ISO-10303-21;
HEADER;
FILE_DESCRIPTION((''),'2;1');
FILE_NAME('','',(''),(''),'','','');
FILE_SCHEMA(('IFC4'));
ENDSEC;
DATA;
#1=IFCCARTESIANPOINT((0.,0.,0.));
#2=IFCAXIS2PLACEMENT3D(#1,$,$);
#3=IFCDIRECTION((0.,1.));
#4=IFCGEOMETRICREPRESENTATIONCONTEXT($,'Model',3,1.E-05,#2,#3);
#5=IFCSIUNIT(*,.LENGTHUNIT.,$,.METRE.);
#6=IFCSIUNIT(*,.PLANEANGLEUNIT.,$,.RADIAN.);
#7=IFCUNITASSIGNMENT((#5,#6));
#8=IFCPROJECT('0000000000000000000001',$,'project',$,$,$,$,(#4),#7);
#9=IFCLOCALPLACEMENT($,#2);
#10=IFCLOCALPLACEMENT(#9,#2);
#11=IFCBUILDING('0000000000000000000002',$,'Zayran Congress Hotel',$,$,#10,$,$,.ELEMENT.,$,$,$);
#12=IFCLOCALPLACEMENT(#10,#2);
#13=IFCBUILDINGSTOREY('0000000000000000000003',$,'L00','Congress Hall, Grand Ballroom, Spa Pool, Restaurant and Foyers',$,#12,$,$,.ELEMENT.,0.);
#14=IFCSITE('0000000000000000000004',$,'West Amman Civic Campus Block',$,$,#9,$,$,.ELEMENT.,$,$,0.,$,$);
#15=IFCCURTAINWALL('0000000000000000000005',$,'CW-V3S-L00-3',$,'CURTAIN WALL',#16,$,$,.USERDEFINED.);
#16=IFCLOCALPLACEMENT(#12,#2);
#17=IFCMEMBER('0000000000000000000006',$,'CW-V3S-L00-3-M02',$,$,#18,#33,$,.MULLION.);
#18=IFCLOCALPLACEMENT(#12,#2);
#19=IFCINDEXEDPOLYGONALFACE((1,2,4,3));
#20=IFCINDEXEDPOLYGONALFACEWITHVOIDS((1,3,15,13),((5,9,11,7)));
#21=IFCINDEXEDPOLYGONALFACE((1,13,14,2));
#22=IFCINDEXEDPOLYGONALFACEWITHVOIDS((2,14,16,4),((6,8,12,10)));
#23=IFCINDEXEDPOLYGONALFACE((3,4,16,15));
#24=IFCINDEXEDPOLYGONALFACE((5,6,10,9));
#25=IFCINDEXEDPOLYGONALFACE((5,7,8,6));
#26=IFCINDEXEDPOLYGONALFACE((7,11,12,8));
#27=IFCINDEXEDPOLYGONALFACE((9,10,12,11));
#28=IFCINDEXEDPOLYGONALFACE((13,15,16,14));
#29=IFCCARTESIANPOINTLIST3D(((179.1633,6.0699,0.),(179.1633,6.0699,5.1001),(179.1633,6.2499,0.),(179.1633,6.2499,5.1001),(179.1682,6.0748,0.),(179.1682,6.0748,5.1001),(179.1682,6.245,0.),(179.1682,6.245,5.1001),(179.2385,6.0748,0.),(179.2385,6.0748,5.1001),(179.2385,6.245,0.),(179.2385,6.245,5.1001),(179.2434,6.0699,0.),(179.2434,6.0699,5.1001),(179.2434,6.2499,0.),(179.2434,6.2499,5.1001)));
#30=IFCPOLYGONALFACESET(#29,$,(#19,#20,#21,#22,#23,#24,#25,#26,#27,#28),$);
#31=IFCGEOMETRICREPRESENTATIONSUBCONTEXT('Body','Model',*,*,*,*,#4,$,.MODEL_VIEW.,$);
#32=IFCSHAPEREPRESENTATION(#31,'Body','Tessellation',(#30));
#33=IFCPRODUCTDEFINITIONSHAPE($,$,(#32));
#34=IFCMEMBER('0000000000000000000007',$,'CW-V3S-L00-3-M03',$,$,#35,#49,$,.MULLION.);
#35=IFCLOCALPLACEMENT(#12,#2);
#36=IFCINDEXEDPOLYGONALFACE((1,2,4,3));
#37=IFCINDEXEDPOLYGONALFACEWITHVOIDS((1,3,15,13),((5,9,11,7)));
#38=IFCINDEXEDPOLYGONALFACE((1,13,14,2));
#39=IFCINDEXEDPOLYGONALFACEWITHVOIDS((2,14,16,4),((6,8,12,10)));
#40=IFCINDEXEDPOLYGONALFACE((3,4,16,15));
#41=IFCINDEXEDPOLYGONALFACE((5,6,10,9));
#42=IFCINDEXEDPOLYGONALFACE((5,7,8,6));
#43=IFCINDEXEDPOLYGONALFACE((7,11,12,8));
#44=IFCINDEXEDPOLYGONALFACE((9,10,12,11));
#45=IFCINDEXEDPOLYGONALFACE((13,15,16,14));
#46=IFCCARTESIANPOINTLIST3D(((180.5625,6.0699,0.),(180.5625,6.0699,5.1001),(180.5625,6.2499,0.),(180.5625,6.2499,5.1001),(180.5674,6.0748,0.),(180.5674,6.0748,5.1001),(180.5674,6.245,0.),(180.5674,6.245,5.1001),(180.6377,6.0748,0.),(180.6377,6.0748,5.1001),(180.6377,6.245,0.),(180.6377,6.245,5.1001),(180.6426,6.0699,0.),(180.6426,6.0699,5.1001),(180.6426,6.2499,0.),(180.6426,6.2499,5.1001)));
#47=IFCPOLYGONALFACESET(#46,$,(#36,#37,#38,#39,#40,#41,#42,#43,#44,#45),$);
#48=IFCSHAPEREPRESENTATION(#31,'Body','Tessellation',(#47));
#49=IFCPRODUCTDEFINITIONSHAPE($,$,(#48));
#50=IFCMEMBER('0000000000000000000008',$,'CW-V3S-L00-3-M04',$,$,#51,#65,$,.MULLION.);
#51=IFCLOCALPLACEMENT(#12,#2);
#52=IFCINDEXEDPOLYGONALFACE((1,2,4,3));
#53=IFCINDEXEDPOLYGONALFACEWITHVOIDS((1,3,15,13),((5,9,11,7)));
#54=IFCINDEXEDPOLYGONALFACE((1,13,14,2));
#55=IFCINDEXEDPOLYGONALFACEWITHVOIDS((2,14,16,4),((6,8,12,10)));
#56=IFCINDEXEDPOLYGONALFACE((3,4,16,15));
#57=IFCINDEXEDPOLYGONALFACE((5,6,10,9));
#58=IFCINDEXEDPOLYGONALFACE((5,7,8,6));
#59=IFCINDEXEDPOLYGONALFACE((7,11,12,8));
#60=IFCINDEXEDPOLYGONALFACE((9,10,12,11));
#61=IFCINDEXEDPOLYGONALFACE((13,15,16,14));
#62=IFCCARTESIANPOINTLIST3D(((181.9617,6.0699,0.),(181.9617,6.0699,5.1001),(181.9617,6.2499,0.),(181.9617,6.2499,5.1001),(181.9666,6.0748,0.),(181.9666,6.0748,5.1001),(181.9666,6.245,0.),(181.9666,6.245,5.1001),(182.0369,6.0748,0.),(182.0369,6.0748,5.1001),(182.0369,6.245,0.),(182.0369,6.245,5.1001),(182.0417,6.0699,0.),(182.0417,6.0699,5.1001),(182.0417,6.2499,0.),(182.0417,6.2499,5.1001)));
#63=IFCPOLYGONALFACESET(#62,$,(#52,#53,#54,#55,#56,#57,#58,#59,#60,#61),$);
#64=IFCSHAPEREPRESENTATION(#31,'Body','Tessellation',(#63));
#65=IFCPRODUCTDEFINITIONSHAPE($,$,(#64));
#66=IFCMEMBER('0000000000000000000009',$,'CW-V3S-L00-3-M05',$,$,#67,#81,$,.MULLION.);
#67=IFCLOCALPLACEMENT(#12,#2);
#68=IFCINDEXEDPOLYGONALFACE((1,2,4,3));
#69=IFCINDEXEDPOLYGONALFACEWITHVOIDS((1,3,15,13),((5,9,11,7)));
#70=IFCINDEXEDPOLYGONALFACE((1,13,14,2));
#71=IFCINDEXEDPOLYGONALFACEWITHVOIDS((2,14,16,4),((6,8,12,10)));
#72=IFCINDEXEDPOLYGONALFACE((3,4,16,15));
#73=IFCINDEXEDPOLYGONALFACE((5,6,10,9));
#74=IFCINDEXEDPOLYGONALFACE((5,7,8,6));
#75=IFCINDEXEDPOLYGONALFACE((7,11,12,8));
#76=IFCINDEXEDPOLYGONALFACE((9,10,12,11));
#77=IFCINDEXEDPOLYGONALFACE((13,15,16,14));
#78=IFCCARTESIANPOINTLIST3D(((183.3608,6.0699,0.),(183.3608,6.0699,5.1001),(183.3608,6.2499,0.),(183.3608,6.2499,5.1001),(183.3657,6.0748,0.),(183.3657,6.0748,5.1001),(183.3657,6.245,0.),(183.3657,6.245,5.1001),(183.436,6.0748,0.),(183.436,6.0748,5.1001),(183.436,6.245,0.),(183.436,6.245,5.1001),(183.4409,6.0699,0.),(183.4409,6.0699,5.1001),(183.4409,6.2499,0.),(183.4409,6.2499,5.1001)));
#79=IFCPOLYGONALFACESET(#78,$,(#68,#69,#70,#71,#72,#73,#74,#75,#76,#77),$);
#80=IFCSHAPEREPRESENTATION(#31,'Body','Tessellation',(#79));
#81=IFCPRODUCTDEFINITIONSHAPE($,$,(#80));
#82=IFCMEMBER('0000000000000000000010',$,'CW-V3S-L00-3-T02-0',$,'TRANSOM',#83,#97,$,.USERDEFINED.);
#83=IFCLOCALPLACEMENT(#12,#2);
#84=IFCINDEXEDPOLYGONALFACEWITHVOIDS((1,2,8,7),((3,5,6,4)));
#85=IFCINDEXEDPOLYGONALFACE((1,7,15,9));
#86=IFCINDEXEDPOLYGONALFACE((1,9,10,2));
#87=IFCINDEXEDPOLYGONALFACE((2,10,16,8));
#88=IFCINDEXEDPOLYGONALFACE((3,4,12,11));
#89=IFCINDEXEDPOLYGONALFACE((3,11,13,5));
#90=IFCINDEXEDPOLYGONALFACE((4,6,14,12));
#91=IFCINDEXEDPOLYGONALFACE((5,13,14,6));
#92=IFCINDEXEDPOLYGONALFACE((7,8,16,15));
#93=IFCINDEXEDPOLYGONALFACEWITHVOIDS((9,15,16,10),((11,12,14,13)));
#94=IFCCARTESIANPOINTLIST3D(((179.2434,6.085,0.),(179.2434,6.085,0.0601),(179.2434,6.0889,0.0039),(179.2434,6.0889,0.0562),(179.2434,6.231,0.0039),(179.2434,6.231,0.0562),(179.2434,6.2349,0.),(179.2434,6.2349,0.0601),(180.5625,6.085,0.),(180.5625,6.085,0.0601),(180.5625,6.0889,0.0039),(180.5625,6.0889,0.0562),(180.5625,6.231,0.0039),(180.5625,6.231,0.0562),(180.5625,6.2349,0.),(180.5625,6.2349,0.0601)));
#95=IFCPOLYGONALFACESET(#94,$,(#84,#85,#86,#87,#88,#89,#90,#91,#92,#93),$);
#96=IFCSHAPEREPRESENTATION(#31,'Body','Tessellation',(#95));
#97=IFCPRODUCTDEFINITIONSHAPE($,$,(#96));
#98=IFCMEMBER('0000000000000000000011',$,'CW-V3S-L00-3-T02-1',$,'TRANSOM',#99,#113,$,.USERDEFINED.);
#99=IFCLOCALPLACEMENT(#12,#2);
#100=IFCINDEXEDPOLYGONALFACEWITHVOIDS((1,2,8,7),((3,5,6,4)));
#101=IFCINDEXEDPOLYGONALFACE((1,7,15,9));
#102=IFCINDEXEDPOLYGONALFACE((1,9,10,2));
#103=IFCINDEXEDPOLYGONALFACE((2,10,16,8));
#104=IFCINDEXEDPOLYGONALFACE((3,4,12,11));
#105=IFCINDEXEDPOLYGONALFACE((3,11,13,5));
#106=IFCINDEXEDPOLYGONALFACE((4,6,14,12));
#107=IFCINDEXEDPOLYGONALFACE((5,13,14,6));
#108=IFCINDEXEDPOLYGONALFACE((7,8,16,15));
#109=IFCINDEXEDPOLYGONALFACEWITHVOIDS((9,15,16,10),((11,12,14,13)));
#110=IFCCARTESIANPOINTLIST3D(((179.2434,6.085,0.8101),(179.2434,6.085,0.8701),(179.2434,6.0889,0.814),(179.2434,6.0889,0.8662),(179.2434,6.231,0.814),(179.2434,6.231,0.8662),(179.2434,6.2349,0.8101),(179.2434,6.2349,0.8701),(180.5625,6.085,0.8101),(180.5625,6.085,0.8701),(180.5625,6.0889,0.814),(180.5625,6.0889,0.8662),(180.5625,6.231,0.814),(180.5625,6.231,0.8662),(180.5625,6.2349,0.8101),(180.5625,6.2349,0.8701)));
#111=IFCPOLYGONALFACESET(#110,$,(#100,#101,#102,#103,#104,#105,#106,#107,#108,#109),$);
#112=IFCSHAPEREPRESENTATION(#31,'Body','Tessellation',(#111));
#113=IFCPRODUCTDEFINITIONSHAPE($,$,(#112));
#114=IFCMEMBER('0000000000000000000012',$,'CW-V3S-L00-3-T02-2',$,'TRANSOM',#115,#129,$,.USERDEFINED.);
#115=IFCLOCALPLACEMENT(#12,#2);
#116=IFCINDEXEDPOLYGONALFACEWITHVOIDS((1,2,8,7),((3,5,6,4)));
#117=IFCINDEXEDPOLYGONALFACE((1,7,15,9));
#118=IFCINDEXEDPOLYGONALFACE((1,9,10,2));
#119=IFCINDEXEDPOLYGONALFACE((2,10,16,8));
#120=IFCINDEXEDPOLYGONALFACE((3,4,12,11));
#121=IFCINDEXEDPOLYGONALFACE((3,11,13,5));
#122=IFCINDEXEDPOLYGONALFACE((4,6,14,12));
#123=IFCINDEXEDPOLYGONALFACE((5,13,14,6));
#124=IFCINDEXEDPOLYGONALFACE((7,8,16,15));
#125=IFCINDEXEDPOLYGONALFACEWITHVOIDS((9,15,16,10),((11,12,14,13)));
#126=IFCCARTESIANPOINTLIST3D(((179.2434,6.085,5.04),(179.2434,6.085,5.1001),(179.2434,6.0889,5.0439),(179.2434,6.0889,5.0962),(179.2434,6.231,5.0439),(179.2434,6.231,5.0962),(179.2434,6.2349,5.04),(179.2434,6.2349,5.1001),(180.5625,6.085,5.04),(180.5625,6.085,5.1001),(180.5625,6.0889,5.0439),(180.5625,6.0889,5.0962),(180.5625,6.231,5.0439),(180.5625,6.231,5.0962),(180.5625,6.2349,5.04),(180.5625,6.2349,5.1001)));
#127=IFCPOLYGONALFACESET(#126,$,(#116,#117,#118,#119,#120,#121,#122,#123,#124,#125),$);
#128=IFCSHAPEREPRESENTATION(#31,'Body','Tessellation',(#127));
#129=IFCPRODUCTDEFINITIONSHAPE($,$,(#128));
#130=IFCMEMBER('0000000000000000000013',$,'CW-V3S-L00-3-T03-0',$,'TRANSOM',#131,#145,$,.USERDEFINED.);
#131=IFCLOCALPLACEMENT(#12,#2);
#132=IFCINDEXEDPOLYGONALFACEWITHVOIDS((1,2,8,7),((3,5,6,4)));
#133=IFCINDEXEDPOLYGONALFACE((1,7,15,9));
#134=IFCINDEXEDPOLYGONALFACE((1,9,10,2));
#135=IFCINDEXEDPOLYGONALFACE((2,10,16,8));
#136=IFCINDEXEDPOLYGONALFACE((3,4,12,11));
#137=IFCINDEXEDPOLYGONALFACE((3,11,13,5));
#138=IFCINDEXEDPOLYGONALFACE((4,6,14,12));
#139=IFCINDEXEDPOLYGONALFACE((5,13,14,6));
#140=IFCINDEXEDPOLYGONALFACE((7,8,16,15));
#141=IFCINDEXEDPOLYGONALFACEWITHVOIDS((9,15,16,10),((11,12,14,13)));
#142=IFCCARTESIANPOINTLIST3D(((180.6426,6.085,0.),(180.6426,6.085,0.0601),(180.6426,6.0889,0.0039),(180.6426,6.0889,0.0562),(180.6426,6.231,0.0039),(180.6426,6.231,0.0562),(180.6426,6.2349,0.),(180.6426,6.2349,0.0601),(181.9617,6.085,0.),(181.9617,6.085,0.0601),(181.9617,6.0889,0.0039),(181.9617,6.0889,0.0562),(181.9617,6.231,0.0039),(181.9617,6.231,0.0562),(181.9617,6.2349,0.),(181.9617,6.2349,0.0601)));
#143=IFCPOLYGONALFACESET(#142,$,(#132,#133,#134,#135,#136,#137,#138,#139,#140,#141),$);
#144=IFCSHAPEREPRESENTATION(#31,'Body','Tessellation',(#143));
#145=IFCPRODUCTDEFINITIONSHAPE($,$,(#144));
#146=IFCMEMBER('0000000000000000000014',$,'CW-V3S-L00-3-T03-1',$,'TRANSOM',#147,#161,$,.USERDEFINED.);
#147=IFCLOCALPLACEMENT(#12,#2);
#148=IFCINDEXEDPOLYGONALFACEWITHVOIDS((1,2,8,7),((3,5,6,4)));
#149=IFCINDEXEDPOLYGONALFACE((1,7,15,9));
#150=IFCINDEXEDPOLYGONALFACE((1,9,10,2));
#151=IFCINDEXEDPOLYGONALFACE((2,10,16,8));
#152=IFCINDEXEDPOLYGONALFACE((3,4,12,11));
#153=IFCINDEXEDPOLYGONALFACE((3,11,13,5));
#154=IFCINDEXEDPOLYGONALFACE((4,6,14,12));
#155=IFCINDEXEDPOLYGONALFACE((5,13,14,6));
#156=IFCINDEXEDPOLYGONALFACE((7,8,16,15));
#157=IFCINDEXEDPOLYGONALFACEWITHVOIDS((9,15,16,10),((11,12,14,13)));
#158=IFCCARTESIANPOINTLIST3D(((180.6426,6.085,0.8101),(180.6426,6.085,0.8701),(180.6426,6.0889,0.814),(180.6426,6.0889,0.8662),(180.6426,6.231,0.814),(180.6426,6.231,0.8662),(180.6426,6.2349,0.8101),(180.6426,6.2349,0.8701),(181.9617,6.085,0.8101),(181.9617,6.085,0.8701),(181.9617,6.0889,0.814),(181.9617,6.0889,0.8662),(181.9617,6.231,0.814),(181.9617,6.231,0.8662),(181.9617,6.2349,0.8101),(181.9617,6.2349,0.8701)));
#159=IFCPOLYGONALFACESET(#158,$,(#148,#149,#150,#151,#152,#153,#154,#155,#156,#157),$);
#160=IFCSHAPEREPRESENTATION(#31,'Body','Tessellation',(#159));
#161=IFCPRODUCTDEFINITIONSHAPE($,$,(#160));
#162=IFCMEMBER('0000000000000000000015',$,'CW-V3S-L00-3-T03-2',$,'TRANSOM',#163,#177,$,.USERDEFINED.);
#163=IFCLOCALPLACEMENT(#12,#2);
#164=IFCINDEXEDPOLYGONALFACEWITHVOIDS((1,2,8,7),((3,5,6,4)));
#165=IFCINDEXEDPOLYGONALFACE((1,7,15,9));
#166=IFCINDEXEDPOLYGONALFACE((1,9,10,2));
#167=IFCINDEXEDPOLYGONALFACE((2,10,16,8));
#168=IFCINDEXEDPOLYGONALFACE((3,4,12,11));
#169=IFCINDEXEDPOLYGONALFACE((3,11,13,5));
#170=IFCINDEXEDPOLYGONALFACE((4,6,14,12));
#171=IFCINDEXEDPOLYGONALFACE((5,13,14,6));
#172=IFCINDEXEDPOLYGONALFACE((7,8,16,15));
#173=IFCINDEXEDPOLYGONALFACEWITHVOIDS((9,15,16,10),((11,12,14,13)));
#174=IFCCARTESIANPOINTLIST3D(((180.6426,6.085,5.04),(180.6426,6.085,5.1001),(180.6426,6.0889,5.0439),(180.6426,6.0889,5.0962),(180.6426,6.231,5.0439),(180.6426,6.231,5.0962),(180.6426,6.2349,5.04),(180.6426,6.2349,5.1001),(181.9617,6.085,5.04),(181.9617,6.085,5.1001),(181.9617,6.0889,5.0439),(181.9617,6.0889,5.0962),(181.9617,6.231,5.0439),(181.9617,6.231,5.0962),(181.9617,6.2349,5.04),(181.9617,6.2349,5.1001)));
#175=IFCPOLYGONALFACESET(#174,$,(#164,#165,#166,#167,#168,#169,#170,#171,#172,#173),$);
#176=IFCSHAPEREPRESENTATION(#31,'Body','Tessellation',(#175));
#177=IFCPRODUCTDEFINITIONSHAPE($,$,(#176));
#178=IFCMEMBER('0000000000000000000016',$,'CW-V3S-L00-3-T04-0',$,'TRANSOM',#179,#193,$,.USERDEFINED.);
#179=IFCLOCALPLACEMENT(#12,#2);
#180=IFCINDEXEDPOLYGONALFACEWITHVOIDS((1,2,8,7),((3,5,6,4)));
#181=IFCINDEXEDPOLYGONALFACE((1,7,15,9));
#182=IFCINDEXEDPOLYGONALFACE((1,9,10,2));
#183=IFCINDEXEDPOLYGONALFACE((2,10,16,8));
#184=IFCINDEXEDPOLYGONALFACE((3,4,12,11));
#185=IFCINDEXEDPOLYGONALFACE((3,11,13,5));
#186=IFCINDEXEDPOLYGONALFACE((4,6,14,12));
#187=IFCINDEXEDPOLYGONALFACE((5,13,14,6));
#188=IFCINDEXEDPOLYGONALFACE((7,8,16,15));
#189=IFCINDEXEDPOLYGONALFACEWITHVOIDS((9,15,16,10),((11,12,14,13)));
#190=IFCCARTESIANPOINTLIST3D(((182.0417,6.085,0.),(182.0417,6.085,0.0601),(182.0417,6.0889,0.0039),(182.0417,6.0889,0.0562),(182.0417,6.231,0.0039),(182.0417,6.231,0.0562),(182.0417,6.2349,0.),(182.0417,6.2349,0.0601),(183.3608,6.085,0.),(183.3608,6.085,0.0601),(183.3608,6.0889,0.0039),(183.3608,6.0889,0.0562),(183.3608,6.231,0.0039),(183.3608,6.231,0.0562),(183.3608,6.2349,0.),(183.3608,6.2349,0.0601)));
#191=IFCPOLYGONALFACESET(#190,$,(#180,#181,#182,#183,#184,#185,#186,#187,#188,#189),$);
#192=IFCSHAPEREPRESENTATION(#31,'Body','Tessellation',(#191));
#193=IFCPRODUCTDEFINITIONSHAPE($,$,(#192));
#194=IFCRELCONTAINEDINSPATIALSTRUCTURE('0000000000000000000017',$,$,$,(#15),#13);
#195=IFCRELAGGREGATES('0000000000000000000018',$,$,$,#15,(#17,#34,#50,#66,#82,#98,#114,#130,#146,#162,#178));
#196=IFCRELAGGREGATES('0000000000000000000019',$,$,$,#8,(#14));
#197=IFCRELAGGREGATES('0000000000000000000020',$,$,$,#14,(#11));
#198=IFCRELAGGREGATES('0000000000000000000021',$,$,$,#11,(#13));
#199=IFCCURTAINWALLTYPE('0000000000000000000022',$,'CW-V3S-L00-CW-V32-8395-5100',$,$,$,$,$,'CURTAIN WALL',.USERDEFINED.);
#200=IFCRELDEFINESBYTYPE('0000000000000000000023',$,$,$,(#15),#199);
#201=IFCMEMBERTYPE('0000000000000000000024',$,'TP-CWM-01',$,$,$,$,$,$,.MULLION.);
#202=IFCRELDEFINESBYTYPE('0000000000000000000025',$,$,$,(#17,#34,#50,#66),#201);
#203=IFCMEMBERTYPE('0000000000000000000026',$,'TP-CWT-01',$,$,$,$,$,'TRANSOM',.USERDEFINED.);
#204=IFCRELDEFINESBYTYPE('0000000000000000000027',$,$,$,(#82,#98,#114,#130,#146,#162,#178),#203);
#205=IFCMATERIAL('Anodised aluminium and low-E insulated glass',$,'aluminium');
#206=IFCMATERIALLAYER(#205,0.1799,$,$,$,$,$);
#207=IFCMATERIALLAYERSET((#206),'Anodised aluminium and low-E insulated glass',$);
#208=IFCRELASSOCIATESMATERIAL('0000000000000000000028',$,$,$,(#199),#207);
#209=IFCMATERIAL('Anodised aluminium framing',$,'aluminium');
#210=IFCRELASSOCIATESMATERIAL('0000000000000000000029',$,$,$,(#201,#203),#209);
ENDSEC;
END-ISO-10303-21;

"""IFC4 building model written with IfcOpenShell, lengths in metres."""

from ifc_helpers import new_model, si_unit, direction, frame, origin, origin_2d, place, context, subcontext, project, spatial, hollow_rectangle, extrude, material, layer, layer_set, material_profile, profile_set, type_object, element, aggregate, save


model = new_model("IFC4")

# Units and contexts
model_context = context("Model", 3, precision=1e-05, world=origin(), true_north=direction((0.0, 1.0)))
body_context = subcontext(model_context, "Body", "Model", "MODEL_VIEW")
ifc_project = project(units=[si_unit("LENGTHUNIT", "METRE"), si_unit("PLANEANGLEUNIT", "RADIAN")], contexts=[model_context])

# Site, building, storey
site_placement = place(None, origin())
site = spatial("IfcSite", under=ifc_project, at=site_placement, Name="West Amman Civic Campus Block", CompositionType="ELEMENT", RefElevation=0.0)
building_placement = place(site_placement, origin())
building = spatial("IfcBuilding", under=site, at=building_placement, Name="Zayran Congress Hotel", CompositionType="ELEMENT")
storey_placement = place(building_placement, origin())
storey = spatial("IfcBuildingStorey", under=building, at=storey_placement, Name="L00", Description="Congress Hall, Grand Ballroom, Spa Pool, Restaurant and Foyers", CompositionType="ELEMENT", Elevation=0.0)

# Curtain wall, members
ifc_material_1 = material(Name="Anodised aluminium and low-E insulated glass", Category="aluminium")
ifc_layer_1 = layer(ifc_material_1, 0.1799)
ifc_layer_set_1 = layer_set([ifc_layer_1], Name="Anodised aluminium and low-E insulated glass")
curtain_wall_type = type_object("IfcCurtainWallType", Name="CW-V3S-L00-CW-V32-8395-5100", ElementType="CURTAIN WALL", PredefinedType="USERDEFINED", material=ifc_layer_set_1)
curtain_wall_placement = place(storey_placement, origin())
curtain_wall = element("IfcCurtainWall", 1, at=curtain_wall_placement, inside=storey, type_object=curtain_wall_type, Name="CW-V3S-L00-3", ObjectType="CURTAIN WALL", PredefinedType="USERDEFINED")
ifc_material_2 = material(Name="Anodised aluminium framing", Category="aluminium")
ifc_material_profile_1 = material_profile(ifc_material_2, hollow_rectangle(XDim=0.0801, YDim=0.1799, WallThickness=0.0049, at=origin_2d()), Name="RHS 180x80x5")
ifc_profile_set_1 = profile_set([ifc_material_profile_1], Name="Anodised aluminium framing")
member_type_1 = type_object("IfcMemberType", Name="TP-CWM-01", PredefinedType="MULLION", material=ifc_profile_set_1)
member_1_placement = place(storey_placement, frame((179.2034, 6.1599, 0.0), z_axis=(0.0, 0.0, 1.0), x_axis=(1.0, 0.0, 0.0)))
member_1 = element("IfcMember", 2, at=member_1_placement, type_object=member_type_1, Name="CW-V3S-L00-3-M02", PredefinedType="MULLION", context=body_context, shape_type="SweptSolid", body=[
    extrude(hollow_rectangle(XDim=0.0801, YDim=0.1799, WallThickness=0.0049, at=origin_2d()), origin(), (0.0, 0.0, 1.0), 5.1001),
])
member_2_placement = place(storey_placement, frame((180.6025, 6.1599, 0.0), z_axis=(0.0, 0.0, 1.0), x_axis=(1.0, 0.0, 0.0)))
member_2 = element("IfcMember", 3, at=member_2_placement, type_object=member_type_1, Name="CW-V3S-L00-3-M03", PredefinedType="MULLION", context=body_context, shape_type="SweptSolid", body=[
    extrude(hollow_rectangle(XDim=0.0801, YDim=0.1799, WallThickness=0.0049, at=origin_2d()), origin(), (0.0, 0.0, 1.0), 5.1001),
])
member_3_placement = place(storey_placement, frame((182.0017, 6.1599, 0.0), z_axis=(0.0, 0.0, 1.0), x_axis=(1.0, 0.0, 0.0)))
member_3 = element("IfcMember", 4, at=member_3_placement, type_object=member_type_1, Name="CW-V3S-L00-3-M04", PredefinedType="MULLION", context=body_context, shape_type="SweptSolid", body=[
    extrude(hollow_rectangle(XDim=0.0801, YDim=0.1799, WallThickness=0.0049, at=origin_2d()), origin(), (0.0, 0.0, 1.0), 5.1001),
])
member_4_placement = place(storey_placement, frame((183.4009, 6.1599, 0.0), z_axis=(0.0, 0.0, 1.0), x_axis=(1.0, 0.0, 0.0)))
member_4 = element("IfcMember", 5, at=member_4_placement, type_object=member_type_1, Name="CW-V3S-L00-3-M05", PredefinedType="MULLION", context=body_context, shape_type="SweptSolid", body=[
    extrude(hollow_rectangle(XDim=0.0801, YDim=0.1799, WallThickness=0.0049, at=origin_2d()), origin(), (0.0, 0.0, 1.0), 5.1001),
])
ifc_material_profile_2 = material_profile(ifc_material_2, hollow_rectangle(XDim=0.0601, YDim=0.1499, WallThickness=0.0039, at=origin_2d()), Name="RHS 150x60x4")
ifc_profile_set_2 = profile_set([ifc_material_profile_2], Name="Anodised aluminium framing")
member_type_2 = type_object("IfcMemberType", Name="TP-CWT-01", ElementType="TRANSOM", PredefinedType="USERDEFINED", material=ifc_profile_set_2)
member_5_placement = place(storey_placement, frame((179.2434, 6.1599, 0.03), z_axis=(1.0, 0.0, 0.0), x_axis=(0.0, 0.0, 1.0)))
member_5 = element("IfcMember", 6, at=member_5_placement, type_object=member_type_2, Name="CW-V3S-L00-3-T02-0", ObjectType="TRANSOM", PredefinedType="USERDEFINED", context=body_context, shape_type="SweptSolid", body=[
    extrude(hollow_rectangle(XDim=0.0601, YDim=0.1499, WallThickness=0.0039, at=origin_2d()), origin(), (0.0, 0.0, 1.0), 1.3191),
])
member_6_placement = place(storey_placement, frame((179.2434, 6.1599, 0.8401), z_axis=(1.0, 0.0, 0.0), x_axis=(0.0, 0.0, 1.0)))
member_6 = element("IfcMember", 7, at=member_6_placement, type_object=member_type_2, Name="CW-V3S-L00-3-T02-1", ObjectType="TRANSOM", PredefinedType="USERDEFINED", context=body_context, shape_type="SweptSolid", body=[
    extrude(hollow_rectangle(XDim=0.0601, YDim=0.1499, WallThickness=0.0039, at=origin_2d()), origin(), (0.0, 0.0, 1.0), 1.3191),
])
member_7_placement = place(storey_placement, frame((179.2434, 6.1599, 5.0701), z_axis=(1.0, 0.0, 0.0), x_axis=(0.0, 0.0, 1.0)))
member_7 = element("IfcMember", 8, at=member_7_placement, type_object=member_type_2, Name="CW-V3S-L00-3-T02-2", ObjectType="TRANSOM", PredefinedType="USERDEFINED", context=body_context, shape_type="SweptSolid", body=[
    extrude(hollow_rectangle(XDim=0.0601, YDim=0.1499, WallThickness=0.0039, at=origin_2d()), origin(), (0.0, 0.0, 1.0), 1.3191),
])
member_8_placement = place(storey_placement, frame((180.6426, 6.1599, 0.03), z_axis=(1.0, 0.0, 0.0), x_axis=(0.0, 0.0, 1.0)))
member_8 = element("IfcMember", 9, at=member_8_placement, type_object=member_type_2, Name="CW-V3S-L00-3-T03-0", ObjectType="TRANSOM", PredefinedType="USERDEFINED", context=body_context, shape_type="SweptSolid", body=[
    extrude(hollow_rectangle(XDim=0.0601, YDim=0.1499, WallThickness=0.0039, at=origin_2d()), origin(), (0.0, 0.0, 1.0), 1.3191),
])
member_9_placement = place(storey_placement, frame((180.6426, 6.1599, 0.8401), z_axis=(1.0, 0.0, 0.0), x_axis=(0.0, 0.0, 1.0)))
member_9 = element("IfcMember", 10, at=member_9_placement, type_object=member_type_2, Name="CW-V3S-L00-3-T03-1", ObjectType="TRANSOM", PredefinedType="USERDEFINED", context=body_context, shape_type="SweptSolid", body=[
    extrude(hollow_rectangle(XDim=0.0601, YDim=0.1499, WallThickness=0.0039, at=origin_2d()), origin(), (0.0, 0.0, 1.0), 1.3191),
])
member_10_placement = place(storey_placement, frame((180.6426, 6.1599, 5.0701), z_axis=(1.0, 0.0, 0.0), x_axis=(0.0, 0.0, 1.0)))
member_10 = element("IfcMember", 11, at=member_10_placement, type_object=member_type_2, Name="CW-V3S-L00-3-T03-2", ObjectType="TRANSOM", PredefinedType="USERDEFINED", context=body_context, shape_type="SweptSolid", body=[
    extrude(hollow_rectangle(XDim=0.0601, YDim=0.1499, WallThickness=0.0039, at=origin_2d()), origin(), (0.0, 0.0, 1.0), 1.3191),
])
member_11_placement = place(storey_placement, frame((182.0417, 6.1599, 0.03), z_axis=(1.0, 0.0, 0.0), x_axis=(0.0, 0.0, 1.0)))
member_11 = element("IfcMember", 12, at=member_11_placement, type_object=member_type_2, Name="CW-V3S-L00-3-T04-0", ObjectType="TRANSOM", PredefinedType="USERDEFINED", context=body_context, shape_type="SweptSolid", body=[
    extrude(hollow_rectangle(XDim=0.0601, YDim=0.1499, WallThickness=0.0039, at=origin_2d()), origin(), (0.0, 0.0, 1.0), 1.3191),
])
aggregate(curtain_wall, [member_1, member_2, member_3, member_4, member_5, member_6, member_7, member_8, member_9, member_10, member_11])

save(model, "model.ifc")
